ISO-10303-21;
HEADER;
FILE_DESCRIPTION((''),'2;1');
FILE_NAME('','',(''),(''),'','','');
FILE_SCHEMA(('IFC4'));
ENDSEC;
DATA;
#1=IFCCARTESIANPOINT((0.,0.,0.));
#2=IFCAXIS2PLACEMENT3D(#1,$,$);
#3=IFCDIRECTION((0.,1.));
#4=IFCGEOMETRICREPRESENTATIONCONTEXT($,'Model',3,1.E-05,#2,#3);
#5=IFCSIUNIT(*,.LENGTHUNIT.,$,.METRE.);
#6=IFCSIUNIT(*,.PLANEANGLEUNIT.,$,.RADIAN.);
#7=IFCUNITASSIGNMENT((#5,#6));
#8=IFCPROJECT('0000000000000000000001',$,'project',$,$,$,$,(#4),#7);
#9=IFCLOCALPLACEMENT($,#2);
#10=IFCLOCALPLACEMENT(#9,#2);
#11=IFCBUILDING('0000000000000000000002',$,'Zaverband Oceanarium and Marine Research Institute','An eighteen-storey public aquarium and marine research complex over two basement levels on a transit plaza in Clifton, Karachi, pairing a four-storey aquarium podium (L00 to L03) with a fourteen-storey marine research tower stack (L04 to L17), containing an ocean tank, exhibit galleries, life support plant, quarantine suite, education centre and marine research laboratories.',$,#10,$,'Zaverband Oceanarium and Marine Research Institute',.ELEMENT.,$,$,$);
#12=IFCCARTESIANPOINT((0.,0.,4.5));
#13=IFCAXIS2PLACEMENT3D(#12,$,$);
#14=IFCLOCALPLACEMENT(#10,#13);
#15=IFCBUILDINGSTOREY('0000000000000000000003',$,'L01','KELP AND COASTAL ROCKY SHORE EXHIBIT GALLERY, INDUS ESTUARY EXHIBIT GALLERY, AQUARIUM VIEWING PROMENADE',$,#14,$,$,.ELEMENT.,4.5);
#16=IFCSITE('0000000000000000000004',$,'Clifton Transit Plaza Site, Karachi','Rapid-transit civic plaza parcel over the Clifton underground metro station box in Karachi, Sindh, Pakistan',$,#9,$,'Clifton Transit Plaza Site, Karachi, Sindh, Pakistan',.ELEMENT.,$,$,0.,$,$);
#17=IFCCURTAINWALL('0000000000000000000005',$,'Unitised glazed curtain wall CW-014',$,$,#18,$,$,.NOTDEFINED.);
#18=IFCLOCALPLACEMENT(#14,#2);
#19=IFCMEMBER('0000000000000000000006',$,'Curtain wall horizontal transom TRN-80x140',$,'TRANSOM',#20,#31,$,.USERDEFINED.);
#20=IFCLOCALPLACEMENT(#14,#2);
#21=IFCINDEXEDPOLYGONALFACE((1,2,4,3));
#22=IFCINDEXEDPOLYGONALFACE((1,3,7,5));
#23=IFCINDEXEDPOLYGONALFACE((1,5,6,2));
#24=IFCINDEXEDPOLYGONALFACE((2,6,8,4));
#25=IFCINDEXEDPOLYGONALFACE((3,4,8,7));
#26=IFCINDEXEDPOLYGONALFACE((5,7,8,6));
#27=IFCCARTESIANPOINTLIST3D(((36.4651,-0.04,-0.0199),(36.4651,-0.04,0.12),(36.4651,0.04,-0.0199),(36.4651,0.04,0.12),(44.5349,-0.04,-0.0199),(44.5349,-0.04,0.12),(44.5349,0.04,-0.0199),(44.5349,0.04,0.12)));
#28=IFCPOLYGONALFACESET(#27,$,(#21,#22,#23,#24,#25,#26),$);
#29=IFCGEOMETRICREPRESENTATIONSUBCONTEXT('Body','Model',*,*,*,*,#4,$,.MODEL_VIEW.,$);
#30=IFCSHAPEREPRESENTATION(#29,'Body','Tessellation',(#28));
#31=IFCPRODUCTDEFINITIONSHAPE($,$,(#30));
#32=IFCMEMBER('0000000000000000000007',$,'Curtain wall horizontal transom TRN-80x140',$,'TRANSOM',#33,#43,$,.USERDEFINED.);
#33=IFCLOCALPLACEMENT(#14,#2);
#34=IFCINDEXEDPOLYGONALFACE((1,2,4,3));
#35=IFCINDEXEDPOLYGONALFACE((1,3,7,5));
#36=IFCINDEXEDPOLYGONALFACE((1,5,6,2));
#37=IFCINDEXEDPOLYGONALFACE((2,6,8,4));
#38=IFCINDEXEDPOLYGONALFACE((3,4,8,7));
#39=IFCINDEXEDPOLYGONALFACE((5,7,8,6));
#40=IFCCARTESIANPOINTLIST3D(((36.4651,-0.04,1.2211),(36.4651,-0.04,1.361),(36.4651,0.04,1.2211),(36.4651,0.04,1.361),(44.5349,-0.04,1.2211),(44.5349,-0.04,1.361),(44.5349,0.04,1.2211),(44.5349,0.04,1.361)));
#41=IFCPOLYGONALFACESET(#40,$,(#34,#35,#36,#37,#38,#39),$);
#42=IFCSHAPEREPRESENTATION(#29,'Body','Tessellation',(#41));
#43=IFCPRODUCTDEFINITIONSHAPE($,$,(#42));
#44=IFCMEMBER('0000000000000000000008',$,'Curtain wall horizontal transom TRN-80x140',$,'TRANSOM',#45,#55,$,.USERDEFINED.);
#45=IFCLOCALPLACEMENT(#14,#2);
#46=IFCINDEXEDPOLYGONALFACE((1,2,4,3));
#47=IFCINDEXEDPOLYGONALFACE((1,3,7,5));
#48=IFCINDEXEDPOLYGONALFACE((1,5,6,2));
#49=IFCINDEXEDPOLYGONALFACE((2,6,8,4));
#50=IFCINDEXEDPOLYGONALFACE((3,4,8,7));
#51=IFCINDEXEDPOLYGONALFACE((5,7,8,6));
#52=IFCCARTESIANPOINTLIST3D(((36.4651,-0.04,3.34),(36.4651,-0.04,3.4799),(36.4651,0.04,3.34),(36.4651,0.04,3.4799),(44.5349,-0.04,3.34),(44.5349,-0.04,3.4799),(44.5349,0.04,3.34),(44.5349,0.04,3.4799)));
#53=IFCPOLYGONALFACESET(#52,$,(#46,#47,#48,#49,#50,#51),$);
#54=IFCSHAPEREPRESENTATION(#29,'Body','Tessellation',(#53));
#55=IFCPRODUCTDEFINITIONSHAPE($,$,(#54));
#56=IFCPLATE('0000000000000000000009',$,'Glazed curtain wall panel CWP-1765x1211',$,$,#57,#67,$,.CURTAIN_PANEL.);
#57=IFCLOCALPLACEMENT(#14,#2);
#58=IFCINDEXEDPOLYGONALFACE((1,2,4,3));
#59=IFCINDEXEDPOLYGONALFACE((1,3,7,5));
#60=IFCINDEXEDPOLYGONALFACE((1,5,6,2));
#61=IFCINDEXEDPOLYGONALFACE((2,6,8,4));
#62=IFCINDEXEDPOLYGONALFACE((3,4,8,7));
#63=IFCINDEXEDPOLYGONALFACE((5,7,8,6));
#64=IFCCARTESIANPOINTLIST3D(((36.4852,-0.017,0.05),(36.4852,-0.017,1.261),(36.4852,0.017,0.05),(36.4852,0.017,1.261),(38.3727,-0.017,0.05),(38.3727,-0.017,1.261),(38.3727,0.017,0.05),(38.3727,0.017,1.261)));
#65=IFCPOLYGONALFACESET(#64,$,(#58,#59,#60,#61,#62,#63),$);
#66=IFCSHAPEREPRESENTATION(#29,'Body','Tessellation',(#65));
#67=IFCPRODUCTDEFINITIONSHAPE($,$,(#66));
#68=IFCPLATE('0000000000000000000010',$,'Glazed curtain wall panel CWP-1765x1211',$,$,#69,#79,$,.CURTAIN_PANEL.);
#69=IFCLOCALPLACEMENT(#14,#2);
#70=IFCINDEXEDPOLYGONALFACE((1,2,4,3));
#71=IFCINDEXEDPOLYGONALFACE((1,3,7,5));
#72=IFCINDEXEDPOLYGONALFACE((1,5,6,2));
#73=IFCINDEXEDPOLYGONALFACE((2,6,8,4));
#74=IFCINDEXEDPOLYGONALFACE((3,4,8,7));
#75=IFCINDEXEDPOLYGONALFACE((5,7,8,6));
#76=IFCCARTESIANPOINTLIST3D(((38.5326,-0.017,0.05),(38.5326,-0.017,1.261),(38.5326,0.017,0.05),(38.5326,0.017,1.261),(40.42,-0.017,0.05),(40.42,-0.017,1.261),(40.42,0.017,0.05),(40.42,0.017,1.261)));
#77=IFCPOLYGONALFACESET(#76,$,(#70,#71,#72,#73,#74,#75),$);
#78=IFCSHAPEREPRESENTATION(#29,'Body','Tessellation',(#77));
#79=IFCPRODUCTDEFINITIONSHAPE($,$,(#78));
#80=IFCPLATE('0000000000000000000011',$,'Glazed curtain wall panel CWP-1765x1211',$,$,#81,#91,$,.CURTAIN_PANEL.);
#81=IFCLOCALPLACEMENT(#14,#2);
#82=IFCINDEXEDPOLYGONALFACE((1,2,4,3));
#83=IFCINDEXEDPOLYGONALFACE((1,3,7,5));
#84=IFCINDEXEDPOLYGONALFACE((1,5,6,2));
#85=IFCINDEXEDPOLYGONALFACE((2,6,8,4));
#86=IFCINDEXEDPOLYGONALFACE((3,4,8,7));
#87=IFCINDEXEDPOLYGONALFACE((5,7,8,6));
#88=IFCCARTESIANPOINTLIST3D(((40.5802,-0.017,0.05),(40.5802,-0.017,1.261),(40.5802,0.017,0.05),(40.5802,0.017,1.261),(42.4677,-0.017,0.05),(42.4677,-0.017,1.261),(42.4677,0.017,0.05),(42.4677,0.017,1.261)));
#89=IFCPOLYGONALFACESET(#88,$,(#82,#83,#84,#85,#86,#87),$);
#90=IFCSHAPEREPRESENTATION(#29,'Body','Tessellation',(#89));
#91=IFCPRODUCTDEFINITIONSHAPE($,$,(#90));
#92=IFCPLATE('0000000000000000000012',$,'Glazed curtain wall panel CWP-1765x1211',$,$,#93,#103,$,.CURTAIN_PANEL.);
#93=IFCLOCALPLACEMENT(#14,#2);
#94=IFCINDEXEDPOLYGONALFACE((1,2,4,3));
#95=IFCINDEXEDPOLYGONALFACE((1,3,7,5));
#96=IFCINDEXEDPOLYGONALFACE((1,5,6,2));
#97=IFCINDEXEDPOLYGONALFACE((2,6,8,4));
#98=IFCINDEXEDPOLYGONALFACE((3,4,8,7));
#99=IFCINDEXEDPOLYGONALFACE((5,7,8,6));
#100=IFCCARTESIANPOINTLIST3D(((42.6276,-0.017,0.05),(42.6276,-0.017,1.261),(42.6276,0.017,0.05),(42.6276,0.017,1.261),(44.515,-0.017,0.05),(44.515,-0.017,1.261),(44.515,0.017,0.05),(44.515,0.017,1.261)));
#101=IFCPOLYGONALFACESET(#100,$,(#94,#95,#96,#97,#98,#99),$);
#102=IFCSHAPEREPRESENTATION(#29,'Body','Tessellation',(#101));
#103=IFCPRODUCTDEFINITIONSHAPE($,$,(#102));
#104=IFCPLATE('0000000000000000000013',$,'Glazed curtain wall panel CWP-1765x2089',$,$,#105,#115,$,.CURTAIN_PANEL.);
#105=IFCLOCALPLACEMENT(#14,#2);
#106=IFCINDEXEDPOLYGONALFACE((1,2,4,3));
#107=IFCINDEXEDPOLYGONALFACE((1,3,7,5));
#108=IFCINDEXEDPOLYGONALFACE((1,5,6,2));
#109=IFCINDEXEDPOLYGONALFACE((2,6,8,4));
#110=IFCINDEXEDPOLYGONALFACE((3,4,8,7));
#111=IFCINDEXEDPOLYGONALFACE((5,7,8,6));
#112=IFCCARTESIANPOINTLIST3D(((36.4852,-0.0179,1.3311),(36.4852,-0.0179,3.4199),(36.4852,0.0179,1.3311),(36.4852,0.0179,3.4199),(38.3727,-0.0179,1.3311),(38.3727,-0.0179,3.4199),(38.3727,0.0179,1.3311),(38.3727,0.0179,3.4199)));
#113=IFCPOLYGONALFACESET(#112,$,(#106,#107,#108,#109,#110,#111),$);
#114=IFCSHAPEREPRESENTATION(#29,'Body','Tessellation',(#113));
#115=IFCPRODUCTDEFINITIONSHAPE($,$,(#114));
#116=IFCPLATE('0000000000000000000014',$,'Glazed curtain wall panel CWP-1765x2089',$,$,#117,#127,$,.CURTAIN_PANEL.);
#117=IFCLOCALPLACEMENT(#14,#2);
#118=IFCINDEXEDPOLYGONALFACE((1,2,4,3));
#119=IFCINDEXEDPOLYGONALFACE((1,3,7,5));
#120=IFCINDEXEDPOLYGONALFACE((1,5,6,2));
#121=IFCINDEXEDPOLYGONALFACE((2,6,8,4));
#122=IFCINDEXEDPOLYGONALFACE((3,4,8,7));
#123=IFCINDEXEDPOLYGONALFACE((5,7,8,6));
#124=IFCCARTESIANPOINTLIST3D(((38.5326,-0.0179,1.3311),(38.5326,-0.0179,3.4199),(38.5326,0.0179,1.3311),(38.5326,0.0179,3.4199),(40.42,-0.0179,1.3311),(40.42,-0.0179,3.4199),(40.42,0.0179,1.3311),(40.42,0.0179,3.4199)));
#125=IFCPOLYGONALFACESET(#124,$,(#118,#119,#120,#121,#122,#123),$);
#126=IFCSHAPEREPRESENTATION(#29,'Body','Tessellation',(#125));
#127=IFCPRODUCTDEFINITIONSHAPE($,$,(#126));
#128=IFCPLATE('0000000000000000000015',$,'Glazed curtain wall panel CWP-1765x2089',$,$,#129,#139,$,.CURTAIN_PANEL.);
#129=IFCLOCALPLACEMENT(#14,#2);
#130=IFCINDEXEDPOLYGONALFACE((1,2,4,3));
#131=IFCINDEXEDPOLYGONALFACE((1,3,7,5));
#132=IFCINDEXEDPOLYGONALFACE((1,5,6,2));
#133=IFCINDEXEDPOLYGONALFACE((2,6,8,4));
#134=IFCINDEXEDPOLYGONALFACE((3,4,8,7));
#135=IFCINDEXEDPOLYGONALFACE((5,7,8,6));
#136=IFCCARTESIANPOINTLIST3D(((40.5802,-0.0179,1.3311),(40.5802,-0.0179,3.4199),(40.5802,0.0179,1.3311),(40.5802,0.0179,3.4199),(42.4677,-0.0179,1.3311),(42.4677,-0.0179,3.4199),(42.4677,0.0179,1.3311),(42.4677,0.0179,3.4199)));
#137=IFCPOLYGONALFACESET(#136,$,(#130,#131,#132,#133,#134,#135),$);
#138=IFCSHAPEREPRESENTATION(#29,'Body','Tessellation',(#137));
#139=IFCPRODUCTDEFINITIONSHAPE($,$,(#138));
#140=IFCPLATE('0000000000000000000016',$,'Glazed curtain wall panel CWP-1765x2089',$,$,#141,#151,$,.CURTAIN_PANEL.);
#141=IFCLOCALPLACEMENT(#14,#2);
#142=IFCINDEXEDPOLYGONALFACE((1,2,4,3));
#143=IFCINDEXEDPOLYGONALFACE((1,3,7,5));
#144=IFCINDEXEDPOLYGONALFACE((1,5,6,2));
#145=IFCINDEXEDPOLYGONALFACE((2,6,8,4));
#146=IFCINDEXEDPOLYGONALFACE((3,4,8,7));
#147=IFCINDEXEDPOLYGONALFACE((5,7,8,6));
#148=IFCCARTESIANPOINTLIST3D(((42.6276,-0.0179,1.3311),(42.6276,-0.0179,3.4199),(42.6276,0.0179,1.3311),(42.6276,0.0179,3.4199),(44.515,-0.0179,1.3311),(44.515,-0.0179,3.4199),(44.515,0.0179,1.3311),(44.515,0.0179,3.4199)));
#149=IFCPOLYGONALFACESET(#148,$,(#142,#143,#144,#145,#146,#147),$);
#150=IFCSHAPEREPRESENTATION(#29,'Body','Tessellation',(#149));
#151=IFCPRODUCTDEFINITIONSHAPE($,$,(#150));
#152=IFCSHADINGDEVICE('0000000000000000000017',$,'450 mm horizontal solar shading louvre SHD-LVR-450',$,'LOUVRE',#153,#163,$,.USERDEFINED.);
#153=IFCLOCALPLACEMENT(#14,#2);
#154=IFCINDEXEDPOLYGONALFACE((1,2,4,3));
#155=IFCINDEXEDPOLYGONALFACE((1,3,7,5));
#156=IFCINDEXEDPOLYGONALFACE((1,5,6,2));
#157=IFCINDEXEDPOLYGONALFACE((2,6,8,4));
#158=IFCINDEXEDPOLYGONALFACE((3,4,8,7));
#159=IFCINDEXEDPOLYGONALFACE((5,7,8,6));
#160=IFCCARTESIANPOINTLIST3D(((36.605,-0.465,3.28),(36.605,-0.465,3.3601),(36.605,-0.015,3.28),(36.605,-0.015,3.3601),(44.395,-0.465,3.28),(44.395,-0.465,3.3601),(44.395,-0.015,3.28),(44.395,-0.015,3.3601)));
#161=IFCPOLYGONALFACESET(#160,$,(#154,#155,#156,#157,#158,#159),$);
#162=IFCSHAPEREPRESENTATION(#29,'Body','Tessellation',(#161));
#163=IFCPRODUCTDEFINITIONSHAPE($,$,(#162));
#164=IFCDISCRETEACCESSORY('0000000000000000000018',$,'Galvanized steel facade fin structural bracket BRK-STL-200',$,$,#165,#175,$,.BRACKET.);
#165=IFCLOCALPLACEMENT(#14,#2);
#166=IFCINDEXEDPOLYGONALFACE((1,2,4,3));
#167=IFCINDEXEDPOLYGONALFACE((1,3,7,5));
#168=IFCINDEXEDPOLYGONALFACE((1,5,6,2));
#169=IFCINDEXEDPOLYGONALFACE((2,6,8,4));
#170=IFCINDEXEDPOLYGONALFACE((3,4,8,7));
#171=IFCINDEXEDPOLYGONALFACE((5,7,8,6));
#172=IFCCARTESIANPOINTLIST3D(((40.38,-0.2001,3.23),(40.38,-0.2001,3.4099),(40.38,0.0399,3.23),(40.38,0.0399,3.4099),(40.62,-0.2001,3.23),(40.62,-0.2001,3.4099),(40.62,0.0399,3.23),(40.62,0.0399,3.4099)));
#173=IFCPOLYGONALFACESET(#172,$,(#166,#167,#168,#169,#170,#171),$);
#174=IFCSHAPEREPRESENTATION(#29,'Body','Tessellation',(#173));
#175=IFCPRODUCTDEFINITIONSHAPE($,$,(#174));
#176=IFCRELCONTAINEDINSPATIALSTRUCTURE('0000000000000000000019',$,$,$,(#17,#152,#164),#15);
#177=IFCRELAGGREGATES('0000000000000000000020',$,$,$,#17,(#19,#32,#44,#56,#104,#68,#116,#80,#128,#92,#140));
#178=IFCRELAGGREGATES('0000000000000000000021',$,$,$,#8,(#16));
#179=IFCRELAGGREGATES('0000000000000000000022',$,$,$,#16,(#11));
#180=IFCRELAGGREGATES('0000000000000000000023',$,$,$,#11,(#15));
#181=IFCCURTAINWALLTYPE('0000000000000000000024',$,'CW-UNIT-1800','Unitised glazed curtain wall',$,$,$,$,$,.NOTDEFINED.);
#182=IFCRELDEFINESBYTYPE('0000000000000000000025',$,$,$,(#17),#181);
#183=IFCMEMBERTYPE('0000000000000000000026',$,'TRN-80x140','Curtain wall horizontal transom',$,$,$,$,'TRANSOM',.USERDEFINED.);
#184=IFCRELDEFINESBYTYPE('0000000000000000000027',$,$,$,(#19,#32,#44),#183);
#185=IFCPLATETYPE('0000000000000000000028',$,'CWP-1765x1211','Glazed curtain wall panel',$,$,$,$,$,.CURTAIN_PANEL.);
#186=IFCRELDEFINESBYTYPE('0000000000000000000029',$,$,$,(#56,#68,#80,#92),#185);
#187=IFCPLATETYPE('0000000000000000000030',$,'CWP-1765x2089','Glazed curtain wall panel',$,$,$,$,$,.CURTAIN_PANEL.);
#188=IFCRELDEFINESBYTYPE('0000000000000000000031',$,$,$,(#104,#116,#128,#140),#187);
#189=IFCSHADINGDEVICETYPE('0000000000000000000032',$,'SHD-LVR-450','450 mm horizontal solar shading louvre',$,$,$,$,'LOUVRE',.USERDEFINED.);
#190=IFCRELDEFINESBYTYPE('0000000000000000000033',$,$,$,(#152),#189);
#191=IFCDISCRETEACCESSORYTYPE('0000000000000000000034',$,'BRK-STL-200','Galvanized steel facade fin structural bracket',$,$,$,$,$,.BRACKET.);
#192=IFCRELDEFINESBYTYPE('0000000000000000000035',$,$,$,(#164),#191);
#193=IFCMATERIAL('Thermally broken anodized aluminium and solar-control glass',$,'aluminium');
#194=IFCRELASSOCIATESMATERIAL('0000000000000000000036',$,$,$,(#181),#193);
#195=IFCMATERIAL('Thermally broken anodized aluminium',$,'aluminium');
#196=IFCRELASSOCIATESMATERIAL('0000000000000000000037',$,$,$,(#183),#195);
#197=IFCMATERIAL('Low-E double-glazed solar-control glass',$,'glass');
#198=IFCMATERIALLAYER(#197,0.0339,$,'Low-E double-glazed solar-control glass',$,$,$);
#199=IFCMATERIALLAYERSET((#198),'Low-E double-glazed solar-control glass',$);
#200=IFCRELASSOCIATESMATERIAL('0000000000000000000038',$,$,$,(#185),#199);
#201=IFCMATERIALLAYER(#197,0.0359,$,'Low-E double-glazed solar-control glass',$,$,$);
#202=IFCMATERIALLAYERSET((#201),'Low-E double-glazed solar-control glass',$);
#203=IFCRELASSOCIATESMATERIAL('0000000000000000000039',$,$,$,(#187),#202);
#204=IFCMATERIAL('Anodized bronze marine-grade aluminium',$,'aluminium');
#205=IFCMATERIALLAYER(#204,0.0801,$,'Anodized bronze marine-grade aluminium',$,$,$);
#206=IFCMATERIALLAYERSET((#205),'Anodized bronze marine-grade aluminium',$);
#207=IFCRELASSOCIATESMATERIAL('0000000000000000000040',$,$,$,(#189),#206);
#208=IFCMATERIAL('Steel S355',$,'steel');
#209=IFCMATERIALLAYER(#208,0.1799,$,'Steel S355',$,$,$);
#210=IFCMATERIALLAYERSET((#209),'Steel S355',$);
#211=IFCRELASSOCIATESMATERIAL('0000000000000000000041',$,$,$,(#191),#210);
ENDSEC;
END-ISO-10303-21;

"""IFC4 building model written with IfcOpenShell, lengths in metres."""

from ifc_helpers import new_model, si_unit, direction, frame, frame_2d, origin, origin_2d, place, context, subcontext, project, spatial, rectangle, extrude, material, layer, layer_set, material_profile, profile_set, type_object, element, aggregate, save


model = new_model("IFC4")

# Units and contexts
model_context = context("Model", 3, precision=1e-05, world=origin(), true_north=direction((0.0, 1.0)))
body_context = subcontext(model_context, "Body", "Model", "MODEL_VIEW")
ifc_project = project(units=[si_unit("LENGTHUNIT", "METRE"), si_unit("PLANEANGLEUNIT", "RADIAN")], contexts=[model_context])

# Site, building, storey
site_placement = place(None, origin())
site = spatial("IfcSite", under=ifc_project, at=site_placement, Name="Clifton Transit Plaza Site, Karachi", Description="Rapid-transit civic plaza parcel over the Clifton underground metro station box in Karachi, Sindh, Pakistan", LongName="Clifton Transit Plaza Site, Karachi, Sindh, Pakistan", CompositionType="ELEMENT", RefElevation=0.0)
building_placement = place(site_placement, origin())
building = spatial("IfcBuilding", under=site, at=building_placement, Name="Zaverband Oceanarium and Marine Research Institute", Description="An eighteen-storey public aquarium and marine research complex over two basement levels on a transit plaza in Clifton, Karachi, pairing a four-storey aquarium podium (L00 to L03) with a fourteen-storey marine research tower stack (L04 to L17), containing an ocean tank, exhibit galleries, life support plant, quarantine suite, education centre and marine research laboratories.", LongName="Zaverband Oceanarium and Marine Research Institute", CompositionType="ELEMENT")
storey_placement = place(building_placement, frame((0.0, 0.0, 4.5)))
storey = spatial("IfcBuildingStorey", under=building, at=storey_placement, Name="L01", Description="KELP AND COASTAL ROCKY SHORE EXHIBIT GALLERY, INDUS ESTUARY EXHIBIT GALLERY, AQUARIUM VIEWING PROMENADE", CompositionType="ELEMENT", Elevation=4.5)

# Curtain wall
ifc_material_1 = material(Name="Thermally broken anodized aluminium and solar-control glass", Category="aluminium")
curtain_wall_type = type_object("IfcCurtainWallType", Name="CW-UNIT-1800", Description="Unitised glazed curtain wall", PredefinedType="NOTDEFINED", material=ifc_material_1)
curtain_wall_1_placement = place(storey_placement, origin())
curtain_wall_1 = element("IfcCurtainWall", 1, at=curtain_wall_1_placement, inside=storey, type_object=curtain_wall_type, Name="Unitised glazed curtain wall CW-014", PredefinedType="NOTDEFINED")
ifc_material_2 = material(Name="Thermally broken anodized aluminium", Category="aluminium")

# Members
ifc_material_profile_1 = material_profile(ifc_material_2, rectangle(XDim=0.0801, YDim=0.1399, at=origin_2d()), Name="AL-TRN-80x140")
ifc_profile_set_1 = profile_set([ifc_material_profile_1], Name="Thermally broken anodized aluminium")
member_type_1 = type_object("IfcMemberType", Name="TRN-80x140", Description="Curtain wall horizontal transom", ElementType="TRANSOM", PredefinedType="USERDEFINED", material=ifc_profile_set_1)
member_1_placement = place(storey_placement, frame((36.4651, 0.0, 0.05), z_axis=(1.0, 0.0, 0.0), x_axis=(0.0, 1.0, 0.0)))
member_1 = element("IfcMember", 2, at=member_1_placement, type_object=member_type_1, Name="Curtain wall horizontal transom TRN-80x140", ObjectType="TRANSOM", PredefinedType="USERDEFINED", context=body_context, shape_type="SweptSolid", body=[
    extrude(rectangle(XDim=0.0801, YDim=0.1399, at=origin_2d()), origin(), (0.0, 0.0, 1.0), 8.0698),
])
member_2_placement = place(storey_placement, frame((36.4651, 0.0, 1.291), z_axis=(1.0, 0.0, 0.0), x_axis=(0.0, 1.0, 0.0)))
member_2 = element("IfcMember", 3, at=member_2_placement, type_object=member_type_1, Name="Curtain wall horizontal transom TRN-80x140", ObjectType="TRANSOM", PredefinedType="USERDEFINED", context=body_context, shape_type="SweptSolid", body=[
    extrude(rectangle(XDim=0.0801, YDim=0.1399, at=origin_2d()), origin(), (0.0, 0.0, 1.0), 8.0698),
])
member_3_placement = place(storey_placement, frame((36.4651, 0.0, 3.4099), z_axis=(1.0, 0.0, 0.0), x_axis=(0.0, 1.0, 0.0)))
member_3 = element("IfcMember", 4, at=member_3_placement, type_object=member_type_1, Name="Curtain wall horizontal transom TRN-80x140", ObjectType="TRANSOM", PredefinedType="USERDEFINED", context=body_context, shape_type="SweptSolid", body=[
    extrude(rectangle(XDim=0.0801, YDim=0.1399, at=origin_2d()), origin(), (0.0, 0.0, 1.0), 8.0698),
])

# Plates
ifc_material_3 = material(Name="Low-E double-glazed solar-control glass", Category="glass")
ifc_layer_1 = layer(ifc_material_3, 0.0339, Name="Low-E double-glazed solar-control glass")
ifc_layer_set_1 = layer_set([ifc_layer_1], Name="Low-E double-glazed solar-control glass")
plate_type_1 = type_object("IfcPlateType", Name="CWP-1765x1211", Description="Glazed curtain wall panel", PredefinedType="CURTAIN_PANEL", material=ifc_layer_set_1)
plate_1_placement = place(storey_placement, frame((36.4851, 0.0, 0.05), z_axis=(0.0, 0.0, 1.0), x_axis=(1.0, 0.0, 0.0)))
plate_1 = element("IfcPlate", 5, at=plate_1_placement, type_object=plate_type_1, Name="Glazed curtain wall panel CWP-1765x1211", PredefinedType="CURTAIN_PANEL", context=body_context, shape_type="SweptSolid", body=[
    extrude(rectangle(XDim=1.8875, YDim=0.0339, at=frame_2d((0.9438, 0.0))), origin(), (0.0, 0.0, 1.0), 1.2109),
])
plate_2_placement = place(storey_placement, frame((38.5325, 0.0, 0.05), z_axis=(0.0, 0.0, 1.0), x_axis=(1.0, 0.0, 0.0)))
plate_2 = element("IfcPlate", 6, at=plate_2_placement, type_object=plate_type_1, Name="Glazed curtain wall panel CWP-1765x1211", PredefinedType="CURTAIN_PANEL", context=body_context, shape_type="SweptSolid", body=[
    extrude(rectangle(XDim=1.8875, YDim=0.0339, at=frame_2d((0.9438, 0.0))), origin(), (0.0, 0.0, 1.0), 1.2109),
])
plate_3_placement = place(storey_placement, frame((40.5801, 0.0, 0.05), z_axis=(0.0, 0.0, 1.0), x_axis=(1.0, 0.0, 0.0)))
plate_3 = element("IfcPlate", 7, at=plate_3_placement, type_object=plate_type_1, Name="Glazed curtain wall panel CWP-1765x1211", PredefinedType="CURTAIN_PANEL", context=body_context, shape_type="SweptSolid", body=[
    extrude(rectangle(XDim=1.8875, YDim=0.0339, at=frame_2d((0.9438, 0.0))), origin(), (0.0, 0.0, 1.0), 1.2109),
])
plate_4_placement = place(storey_placement, frame((42.6274, 0.0, 0.05), z_axis=(0.0, 0.0, 1.0), x_axis=(1.0, 0.0, 0.0)))
plate_4 = element("IfcPlate", 8, at=plate_4_placement, type_object=plate_type_1, Name="Glazed curtain wall panel CWP-1765x1211", PredefinedType="CURTAIN_PANEL", context=body_context, shape_type="SweptSolid", body=[
    extrude(rectangle(XDim=1.8875, YDim=0.0339, at=frame_2d((0.9438, 0.0))), origin(), (0.0, 0.0, 1.0), 1.2109),
])
ifc_layer_2 = layer(ifc_material_3, 0.0359, Name="Low-E double-glazed solar-control glass")
ifc_layer_set_2 = layer_set([ifc_layer_2], Name="Low-E double-glazed solar-control glass")
plate_type_2 = type_object("IfcPlateType", Name="CWP-1765x2089", Description="Glazed curtain wall panel", PredefinedType="CURTAIN_PANEL", material=ifc_layer_set_2)
plate_5_placement = place(storey_placement, frame((36.4851, 0.0, 1.3311), z_axis=(0.0, 0.0, 1.0), x_axis=(1.0, 0.0, 0.0)))
plate_5 = element("IfcPlate", 9, at=plate_5_placement, type_object=plate_type_2, Name="Glazed curtain wall panel CWP-1765x2089", PredefinedType="CURTAIN_PANEL", context=body_context, shape_type="SweptSolid", body=[
    extrude(rectangle(XDim=1.8875, YDim=0.0359, at=frame_2d((0.9438, 0.0))), origin(), (0.0, 0.0, 1.0), 2.0889),
])
plate_6_placement = place(storey_placement, frame((38.5325, 0.0, 1.3311), z_axis=(0.0, 0.0, 1.0), x_axis=(1.0, 0.0, 0.0)))
plate_6 = element("IfcPlate", 10, at=plate_6_placement, type_object=plate_type_2, Name="Glazed curtain wall panel CWP-1765x2089", PredefinedType="CURTAIN_PANEL", context=body_context, shape_type="SweptSolid", body=[
    extrude(rectangle(XDim=1.8875, YDim=0.0359, at=frame_2d((0.9438, 0.0))), origin(), (0.0, 0.0, 1.0), 2.0889),
])
plate_7_placement = place(storey_placement, frame((40.5801, 0.0, 1.3311), z_axis=(0.0, 0.0, 1.0), x_axis=(1.0, 0.0, 0.0)))
plate_7 = element("IfcPlate", 11, at=plate_7_placement, type_object=plate_type_2, Name="Glazed curtain wall panel CWP-1765x2089", PredefinedType="CURTAIN_PANEL", context=body_context, shape_type="SweptSolid", body=[
    extrude(rectangle(XDim=1.8875, YDim=0.0359, at=frame_2d((0.9438, 0.0))), origin(), (0.0, 0.0, 1.0), 2.0889),
])
plate_8_placement = place(storey_placement, frame((42.6274, 0.0, 1.3311), z_axis=(0.0, 0.0, 1.0), x_axis=(1.0, 0.0, 0.0)))
plate_8 = element("IfcPlate", 12, at=plate_8_placement, type_object=plate_type_2, Name="Glazed curtain wall panel CWP-1765x2089", PredefinedType="CURTAIN_PANEL", context=body_context, shape_type="SweptSolid", body=[
    extrude(rectangle(XDim=1.8875, YDim=0.0359, at=frame_2d((0.9438, 0.0))), origin(), (0.0, 0.0, 1.0), 2.0889),
])
aggregate(curtain_wall_1, [member_1, member_2, member_3, plate_1, plate_5, plate_2, plate_6, plate_3, plate_7, plate_4, plate_8])

# Shading device
ifc_material_4 = material(Name="Anodized bronze marine-grade aluminium", Category="aluminium")
ifc_layer_3 = layer(ifc_material_4, 0.0801, Name="Anodized bronze marine-grade aluminium")
ifc_layer_set_3 = layer_set([ifc_layer_3], Name="Anodized bronze marine-grade aluminium")
shading_device_type = type_object("IfcShadingDeviceType", Name="SHD-LVR-450", Description="450 mm horizontal solar shading louvre", ElementType="LOUVRE", PredefinedType="USERDEFINED", material=ifc_layer_set_3)
shading_device_placement = place(storey_placement, frame((36.605, -0.24, 3.28), z_axis=(0.0, 0.0, 1.0), x_axis=(1.0, 0.0, 0.0)))
element("IfcShadingDevice", 13, at=shading_device_placement, inside=storey, type_object=shading_device_type, Name="450 mm horizontal solar shading louvre SHD-LVR-450", ObjectType="LOUVRE", PredefinedType="USERDEFINED", context=body_context, shape_type="SweptSolid", body=[
    extrude(rectangle(XDim=7.79, YDim=0.45, at=frame_2d((3.895, 0.0))), origin(), (0.0, 0.0, 1.0), 0.0801),
])

# Discrete accessory
ifc_material_5 = material(Name="Steel S355", Category="steel")
ifc_layer_4 = layer(ifc_material_5, 0.1799, Name="Steel S355")
ifc_layer_set_4 = layer_set([ifc_layer_4], Name="Steel S355")
discrete_accessory_type = type_object("IfcDiscreteAccessoryType", Name="BRK-STL-200", Description="Galvanized steel facade fin structural bracket", PredefinedType="BRACKET", material=ifc_layer_set_4)
discrete_accessory_placement = place(storey_placement, frame((40.5, -0.0801, 3.23), z_axis=(0.0, 0.0, 1.0), x_axis=(1.0, 0.0, 0.0)))
element("IfcDiscreteAccessory", 14, at=discrete_accessory_placement, inside=storey, type_object=discrete_accessory_type, Name="Galvanized steel facade fin structural bracket BRK-STL-200", PredefinedType="BRACKET", context=body_context, shape_type="SweptSolid", body=[
    extrude(rectangle(XDim=0.24, YDim=0.24, at=origin_2d()), origin(), (0.0, 0.0, 1.0), 0.1799),
])

save(model, "model.ifc")
